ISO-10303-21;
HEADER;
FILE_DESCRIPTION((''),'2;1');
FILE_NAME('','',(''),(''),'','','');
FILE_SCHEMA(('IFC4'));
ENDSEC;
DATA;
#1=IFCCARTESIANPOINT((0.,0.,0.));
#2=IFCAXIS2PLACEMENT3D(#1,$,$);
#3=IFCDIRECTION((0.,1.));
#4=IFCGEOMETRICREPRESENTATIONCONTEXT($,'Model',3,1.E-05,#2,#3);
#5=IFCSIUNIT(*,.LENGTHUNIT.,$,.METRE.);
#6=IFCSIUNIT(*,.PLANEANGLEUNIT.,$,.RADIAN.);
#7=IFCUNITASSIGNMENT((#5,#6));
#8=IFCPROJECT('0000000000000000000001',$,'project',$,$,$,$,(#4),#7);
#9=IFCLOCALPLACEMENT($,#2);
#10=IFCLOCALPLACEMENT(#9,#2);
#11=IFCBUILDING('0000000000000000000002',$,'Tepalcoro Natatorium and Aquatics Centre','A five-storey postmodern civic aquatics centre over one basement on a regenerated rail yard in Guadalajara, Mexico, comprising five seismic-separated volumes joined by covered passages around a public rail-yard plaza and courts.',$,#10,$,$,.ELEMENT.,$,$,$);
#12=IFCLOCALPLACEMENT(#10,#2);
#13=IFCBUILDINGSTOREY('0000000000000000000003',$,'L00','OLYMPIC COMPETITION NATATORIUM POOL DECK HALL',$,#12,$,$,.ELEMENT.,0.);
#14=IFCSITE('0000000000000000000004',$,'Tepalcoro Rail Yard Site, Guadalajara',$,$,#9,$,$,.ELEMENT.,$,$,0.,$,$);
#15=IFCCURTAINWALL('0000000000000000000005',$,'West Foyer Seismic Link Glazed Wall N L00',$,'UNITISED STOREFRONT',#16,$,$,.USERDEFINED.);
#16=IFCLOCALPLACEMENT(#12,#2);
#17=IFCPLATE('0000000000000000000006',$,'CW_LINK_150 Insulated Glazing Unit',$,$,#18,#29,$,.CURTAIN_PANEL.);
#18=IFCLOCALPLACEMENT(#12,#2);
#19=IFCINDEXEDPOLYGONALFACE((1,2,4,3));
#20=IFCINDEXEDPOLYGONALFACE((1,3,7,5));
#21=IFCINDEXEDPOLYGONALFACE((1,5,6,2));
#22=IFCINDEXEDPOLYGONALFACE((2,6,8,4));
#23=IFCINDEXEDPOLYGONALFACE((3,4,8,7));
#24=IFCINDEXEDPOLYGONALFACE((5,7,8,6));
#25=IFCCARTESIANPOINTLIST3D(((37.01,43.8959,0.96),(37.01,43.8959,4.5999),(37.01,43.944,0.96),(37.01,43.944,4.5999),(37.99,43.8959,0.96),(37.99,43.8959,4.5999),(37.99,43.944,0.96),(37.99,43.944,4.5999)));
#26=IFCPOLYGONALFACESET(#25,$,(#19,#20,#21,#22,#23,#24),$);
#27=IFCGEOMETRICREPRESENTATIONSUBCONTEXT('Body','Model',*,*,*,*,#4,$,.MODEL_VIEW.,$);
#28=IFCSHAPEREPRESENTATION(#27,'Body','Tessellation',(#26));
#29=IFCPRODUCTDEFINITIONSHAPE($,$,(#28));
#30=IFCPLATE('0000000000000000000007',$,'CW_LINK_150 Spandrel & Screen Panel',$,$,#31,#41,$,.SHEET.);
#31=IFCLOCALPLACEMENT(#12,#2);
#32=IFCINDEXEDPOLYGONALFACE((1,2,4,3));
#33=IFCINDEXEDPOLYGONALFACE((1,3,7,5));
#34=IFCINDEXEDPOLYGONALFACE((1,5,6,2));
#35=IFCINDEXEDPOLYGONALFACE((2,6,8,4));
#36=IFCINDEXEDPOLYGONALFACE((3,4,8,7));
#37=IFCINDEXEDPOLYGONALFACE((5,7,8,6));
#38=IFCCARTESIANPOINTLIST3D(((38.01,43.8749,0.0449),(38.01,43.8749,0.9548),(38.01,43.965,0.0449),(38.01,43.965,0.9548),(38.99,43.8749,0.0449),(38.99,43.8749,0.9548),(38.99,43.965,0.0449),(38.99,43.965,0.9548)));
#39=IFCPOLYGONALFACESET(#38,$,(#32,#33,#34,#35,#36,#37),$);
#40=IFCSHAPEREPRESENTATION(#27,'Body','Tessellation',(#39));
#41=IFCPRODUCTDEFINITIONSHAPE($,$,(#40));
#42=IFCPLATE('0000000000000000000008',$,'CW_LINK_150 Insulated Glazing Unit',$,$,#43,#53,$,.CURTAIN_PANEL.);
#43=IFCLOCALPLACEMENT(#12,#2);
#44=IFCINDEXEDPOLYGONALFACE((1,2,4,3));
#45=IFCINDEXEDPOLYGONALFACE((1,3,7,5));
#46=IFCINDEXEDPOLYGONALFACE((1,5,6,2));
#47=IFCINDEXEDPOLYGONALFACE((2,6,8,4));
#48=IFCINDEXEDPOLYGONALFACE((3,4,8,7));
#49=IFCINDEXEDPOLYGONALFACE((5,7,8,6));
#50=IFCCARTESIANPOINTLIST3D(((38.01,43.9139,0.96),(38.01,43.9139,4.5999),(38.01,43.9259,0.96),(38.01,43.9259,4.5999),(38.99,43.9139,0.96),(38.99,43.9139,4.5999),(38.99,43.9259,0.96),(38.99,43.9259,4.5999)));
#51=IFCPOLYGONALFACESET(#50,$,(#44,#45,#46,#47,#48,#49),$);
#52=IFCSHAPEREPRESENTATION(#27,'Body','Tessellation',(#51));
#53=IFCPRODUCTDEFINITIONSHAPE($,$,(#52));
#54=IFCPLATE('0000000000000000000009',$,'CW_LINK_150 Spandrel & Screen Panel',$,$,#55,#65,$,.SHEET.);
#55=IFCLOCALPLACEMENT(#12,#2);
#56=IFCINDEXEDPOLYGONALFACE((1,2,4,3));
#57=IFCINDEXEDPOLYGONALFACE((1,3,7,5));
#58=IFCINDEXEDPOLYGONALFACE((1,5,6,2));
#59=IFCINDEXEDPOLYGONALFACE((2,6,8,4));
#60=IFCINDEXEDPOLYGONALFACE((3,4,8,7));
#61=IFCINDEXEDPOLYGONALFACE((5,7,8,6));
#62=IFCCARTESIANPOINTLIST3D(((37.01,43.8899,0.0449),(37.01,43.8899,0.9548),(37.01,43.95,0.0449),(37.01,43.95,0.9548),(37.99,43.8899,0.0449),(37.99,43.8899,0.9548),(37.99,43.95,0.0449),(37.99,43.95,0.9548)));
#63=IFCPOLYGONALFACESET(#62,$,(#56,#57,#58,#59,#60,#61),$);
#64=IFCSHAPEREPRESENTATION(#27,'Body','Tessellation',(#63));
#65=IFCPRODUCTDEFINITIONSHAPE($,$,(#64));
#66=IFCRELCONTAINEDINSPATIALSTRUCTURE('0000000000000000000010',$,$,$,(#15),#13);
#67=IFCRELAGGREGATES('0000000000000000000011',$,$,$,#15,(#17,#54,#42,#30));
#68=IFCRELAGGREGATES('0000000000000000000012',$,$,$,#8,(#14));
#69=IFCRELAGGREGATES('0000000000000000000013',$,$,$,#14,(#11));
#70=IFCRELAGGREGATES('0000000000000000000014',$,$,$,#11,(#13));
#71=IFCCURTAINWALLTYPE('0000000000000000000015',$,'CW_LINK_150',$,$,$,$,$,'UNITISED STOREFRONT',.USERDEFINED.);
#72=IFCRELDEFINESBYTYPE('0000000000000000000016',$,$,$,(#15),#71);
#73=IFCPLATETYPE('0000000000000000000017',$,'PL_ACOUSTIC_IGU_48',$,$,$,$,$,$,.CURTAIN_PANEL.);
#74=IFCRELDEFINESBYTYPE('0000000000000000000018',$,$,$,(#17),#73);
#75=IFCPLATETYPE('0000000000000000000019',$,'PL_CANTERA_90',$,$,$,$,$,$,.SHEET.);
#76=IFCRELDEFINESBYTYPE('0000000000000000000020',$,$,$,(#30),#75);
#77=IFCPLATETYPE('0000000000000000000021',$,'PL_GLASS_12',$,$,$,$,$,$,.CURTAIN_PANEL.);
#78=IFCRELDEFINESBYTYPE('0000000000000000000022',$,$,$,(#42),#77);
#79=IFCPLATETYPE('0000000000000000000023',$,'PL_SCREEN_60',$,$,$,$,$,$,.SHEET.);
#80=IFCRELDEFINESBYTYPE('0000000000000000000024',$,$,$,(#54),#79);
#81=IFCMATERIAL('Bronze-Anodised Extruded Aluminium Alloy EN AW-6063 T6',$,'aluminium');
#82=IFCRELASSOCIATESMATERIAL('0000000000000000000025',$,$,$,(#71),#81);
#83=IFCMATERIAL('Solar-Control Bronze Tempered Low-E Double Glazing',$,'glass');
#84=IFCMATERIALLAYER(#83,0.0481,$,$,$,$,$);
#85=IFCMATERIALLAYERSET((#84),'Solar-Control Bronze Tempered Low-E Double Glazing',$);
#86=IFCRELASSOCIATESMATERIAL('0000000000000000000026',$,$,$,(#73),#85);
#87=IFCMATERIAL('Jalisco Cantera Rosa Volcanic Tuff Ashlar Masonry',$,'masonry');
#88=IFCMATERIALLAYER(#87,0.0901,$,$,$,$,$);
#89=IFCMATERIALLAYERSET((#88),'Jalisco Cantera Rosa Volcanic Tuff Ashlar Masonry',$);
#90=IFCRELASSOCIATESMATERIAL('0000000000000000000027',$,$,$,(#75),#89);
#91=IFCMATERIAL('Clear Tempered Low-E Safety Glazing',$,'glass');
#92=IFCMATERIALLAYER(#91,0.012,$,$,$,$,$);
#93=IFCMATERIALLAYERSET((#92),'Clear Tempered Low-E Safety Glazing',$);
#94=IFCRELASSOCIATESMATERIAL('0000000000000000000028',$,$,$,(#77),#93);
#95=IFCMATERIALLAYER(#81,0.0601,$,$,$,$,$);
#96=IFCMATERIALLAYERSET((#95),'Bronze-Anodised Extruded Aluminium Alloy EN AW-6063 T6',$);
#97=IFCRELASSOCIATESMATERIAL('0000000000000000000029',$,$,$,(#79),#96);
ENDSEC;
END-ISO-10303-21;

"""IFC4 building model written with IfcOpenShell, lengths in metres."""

from ifc_helpers import new_model, si_unit, direction, frame, origin, origin_2d, place, context, subcontext, project, spatial, rectangle, extrude, material, layer, layer_set, type_object, element, aggregate, save


model = new_model("IFC4")

# Units and contexts
model_context = context("Model", 3, precision=1e-05, world=origin(), true_north=direction((0.0, 1.0)))
body_context = subcontext(model_context, "Body", "Model", "MODEL_VIEW")
ifc_project = project(units=[si_unit("LENGTHUNIT", "METRE"), si_unit("PLANEANGLEUNIT", "RADIAN")], contexts=[model_context])

# Site, building, storey
site_placement = place(None, origin())
site = spatial("IfcSite", under=ifc_project, at=site_placement, Name="Tepalcoro Rail Yard Site, Guadalajara", CompositionType="ELEMENT", RefElevation=0.0)
building_placement = place(site_placement, origin())
building = spatial("IfcBuilding", under=site, at=building_placement, Name="Tepalcoro Natatorium and Aquatics Centre", Description="A five-storey postmodern civic aquatics centre over one basement on a regenerated rail yard in Guadalajara, Mexico, comprising five seismic-separated volumes joined by covered passages around a public rail-yard plaza and courts.", CompositionType="ELEMENT")
storey_placement = place(building_placement, origin())
storey = spatial("IfcBuildingStorey", under=building, at=storey_placement, Name="L00", Description="OLYMPIC COMPETITION NATATORIUM POOL DECK HALL", CompositionType="ELEMENT", Elevation=0.0)

# Curtain wall
ifc_material_1 = material(Name="Bronze-Anodised Extruded Aluminium Alloy EN AW-6063 T6", Category="aluminium")
curtain_wall_type = type_object("IfcCurtainWallType", Name="CW_LINK_150", ElementType="UNITISED STOREFRONT", PredefinedType="USERDEFINED", material=ifc_material_1)
curtain_wall_placement = place(storey_placement, origin())
curtain_wall = element("IfcCurtainWall", 1, at=curtain_wall_placement, inside=storey, type_object=curtain_wall_type, Name="West Foyer Seismic Link Glazed Wall N L00", ObjectType="UNITISED STOREFRONT", PredefinedType="USERDEFINED")

# Plates
ifc_material_2 = material(Name="Solar-Control Bronze Tempered Low-E Double Glazing", Category="glass")
ifc_layer_1 = layer(ifc_material_2, 0.0481)
ifc_layer_set_1 = layer_set([ifc_layer_1], Name="Solar-Control Bronze Tempered Low-E Double Glazing")
plate_type_1 = type_object("IfcPlateType", Name="PL_ACOUSTIC_IGU_48", PredefinedType="CURTAIN_PANEL", material=ifc_layer_set_1)
plate_1_placement = place(storey_placement, frame((37.5, 43.9199, 0.96), z_axis=(0.0, 0.0, 1.0), x_axis=(1.0, 0.0, 0.0)))
plate_1 = element("IfcPlate", 2, at=plate_1_placement, type_object=plate_type_1, Name="CW_LINK_150 Insulated Glazing Unit", PredefinedType="CURTAIN_PANEL", context=body_context, shape_type="SweptSolid", body=[
    extrude(rectangle(XDim=0.98, YDim=0.0481, at=origin_2d()), origin(), (0.0, 0.0, 1.0), 3.6399),
])
ifc_material_3 = material(Name="Jalisco Cantera Rosa Volcanic Tuff Ashlar Masonry", Category="masonry")
ifc_layer_2 = layer(ifc_material_3, 0.0901)
ifc_layer_set_2 = layer_set([ifc_layer_2], Name="Jalisco Cantera Rosa Volcanic Tuff Ashlar Masonry")
plate_type_2 = type_object("IfcPlateType", Name="PL_CANTERA_90", PredefinedType="SHEET", material=ifc_layer_set_2)
plate_2_placement = place(storey_placement, frame((38.5, 43.9199, 0.0449), z_axis=(0.0, 0.0, 1.0), x_axis=(1.0, 0.0, 0.0)))
plate_2 = element("IfcPlate", 3, at=plate_2_placement, type_object=plate_type_2, Name="CW_LINK_150 Spandrel & Screen Panel", PredefinedType="SHEET", context=body_context, shape_type="SweptSolid", body=[
    extrude(rectangle(XDim=0.98, YDim=0.0901, at=origin_2d()), origin(), (0.0, 0.0, 1.0), 0.9099),
])
ifc_material_4 = material(Name="Clear Tempered Low-E Safety Glazing", Category="glass")
ifc_layer_3 = layer(ifc_material_4, 0.012)
ifc_layer_set_3 = layer_set([ifc_layer_3], Name="Clear Tempered Low-E Safety Glazing")
plate_type_3 = type_object("IfcPlateType", Name="PL_GLASS_12", PredefinedType="CURTAIN_PANEL", material=ifc_layer_set_3)
plate_3_placement = place(storey_placement, frame((38.5, 43.9199, 0.96), z_axis=(0.0, 0.0, 1.0), x_axis=(1.0, 0.0, 0.0)))
plate_3 = element("IfcPlate", 4, at=plate_3_placement, type_object=plate_type_3, Name="CW_LINK_150 Insulated Glazing Unit", PredefinedType="CURTAIN_PANEL", context=body_context, shape_type="SweptSolid", body=[
    extrude(rectangle(XDim=0.98, YDim=0.012, at=origin_2d()), origin(), (0.0, 0.0, 1.0), 3.6399),
])
ifc_layer_4 = layer(ifc_material_1, 0.0601)
ifc_layer_set_4 = layer_set([ifc_layer_4], Name="Bronze-Anodised Extruded Aluminium Alloy EN AW-6063 T6")
plate_type_4 = type_object("IfcPlateType", Name="PL_SCREEN_60", PredefinedType="SHEET", material=ifc_layer_set_4)
plate_4_placement = place(storey_placement, frame((37.5, 43.9199, 0.0449), z_axis=(0.0, 0.0, 1.0), x_axis=(1.0, 0.0, 0.0)))
plate_4 = element("IfcPlate", 5, at=plate_4_placement, type_object=plate_type_4, Name="CW_LINK_150 Spandrel & Screen Panel", PredefinedType="SHEET", context=body_context, shape_type="SweptSolid", body=[
    extrude(rectangle(XDim=0.98, YDim=0.0601, at=origin_2d()), origin(), (0.0, 0.0, 1.0), 0.9099),
])
aggregate(curtain_wall, [plate_1, plate_4, plate_3, plate_2])

save(model, "model.ifc")
